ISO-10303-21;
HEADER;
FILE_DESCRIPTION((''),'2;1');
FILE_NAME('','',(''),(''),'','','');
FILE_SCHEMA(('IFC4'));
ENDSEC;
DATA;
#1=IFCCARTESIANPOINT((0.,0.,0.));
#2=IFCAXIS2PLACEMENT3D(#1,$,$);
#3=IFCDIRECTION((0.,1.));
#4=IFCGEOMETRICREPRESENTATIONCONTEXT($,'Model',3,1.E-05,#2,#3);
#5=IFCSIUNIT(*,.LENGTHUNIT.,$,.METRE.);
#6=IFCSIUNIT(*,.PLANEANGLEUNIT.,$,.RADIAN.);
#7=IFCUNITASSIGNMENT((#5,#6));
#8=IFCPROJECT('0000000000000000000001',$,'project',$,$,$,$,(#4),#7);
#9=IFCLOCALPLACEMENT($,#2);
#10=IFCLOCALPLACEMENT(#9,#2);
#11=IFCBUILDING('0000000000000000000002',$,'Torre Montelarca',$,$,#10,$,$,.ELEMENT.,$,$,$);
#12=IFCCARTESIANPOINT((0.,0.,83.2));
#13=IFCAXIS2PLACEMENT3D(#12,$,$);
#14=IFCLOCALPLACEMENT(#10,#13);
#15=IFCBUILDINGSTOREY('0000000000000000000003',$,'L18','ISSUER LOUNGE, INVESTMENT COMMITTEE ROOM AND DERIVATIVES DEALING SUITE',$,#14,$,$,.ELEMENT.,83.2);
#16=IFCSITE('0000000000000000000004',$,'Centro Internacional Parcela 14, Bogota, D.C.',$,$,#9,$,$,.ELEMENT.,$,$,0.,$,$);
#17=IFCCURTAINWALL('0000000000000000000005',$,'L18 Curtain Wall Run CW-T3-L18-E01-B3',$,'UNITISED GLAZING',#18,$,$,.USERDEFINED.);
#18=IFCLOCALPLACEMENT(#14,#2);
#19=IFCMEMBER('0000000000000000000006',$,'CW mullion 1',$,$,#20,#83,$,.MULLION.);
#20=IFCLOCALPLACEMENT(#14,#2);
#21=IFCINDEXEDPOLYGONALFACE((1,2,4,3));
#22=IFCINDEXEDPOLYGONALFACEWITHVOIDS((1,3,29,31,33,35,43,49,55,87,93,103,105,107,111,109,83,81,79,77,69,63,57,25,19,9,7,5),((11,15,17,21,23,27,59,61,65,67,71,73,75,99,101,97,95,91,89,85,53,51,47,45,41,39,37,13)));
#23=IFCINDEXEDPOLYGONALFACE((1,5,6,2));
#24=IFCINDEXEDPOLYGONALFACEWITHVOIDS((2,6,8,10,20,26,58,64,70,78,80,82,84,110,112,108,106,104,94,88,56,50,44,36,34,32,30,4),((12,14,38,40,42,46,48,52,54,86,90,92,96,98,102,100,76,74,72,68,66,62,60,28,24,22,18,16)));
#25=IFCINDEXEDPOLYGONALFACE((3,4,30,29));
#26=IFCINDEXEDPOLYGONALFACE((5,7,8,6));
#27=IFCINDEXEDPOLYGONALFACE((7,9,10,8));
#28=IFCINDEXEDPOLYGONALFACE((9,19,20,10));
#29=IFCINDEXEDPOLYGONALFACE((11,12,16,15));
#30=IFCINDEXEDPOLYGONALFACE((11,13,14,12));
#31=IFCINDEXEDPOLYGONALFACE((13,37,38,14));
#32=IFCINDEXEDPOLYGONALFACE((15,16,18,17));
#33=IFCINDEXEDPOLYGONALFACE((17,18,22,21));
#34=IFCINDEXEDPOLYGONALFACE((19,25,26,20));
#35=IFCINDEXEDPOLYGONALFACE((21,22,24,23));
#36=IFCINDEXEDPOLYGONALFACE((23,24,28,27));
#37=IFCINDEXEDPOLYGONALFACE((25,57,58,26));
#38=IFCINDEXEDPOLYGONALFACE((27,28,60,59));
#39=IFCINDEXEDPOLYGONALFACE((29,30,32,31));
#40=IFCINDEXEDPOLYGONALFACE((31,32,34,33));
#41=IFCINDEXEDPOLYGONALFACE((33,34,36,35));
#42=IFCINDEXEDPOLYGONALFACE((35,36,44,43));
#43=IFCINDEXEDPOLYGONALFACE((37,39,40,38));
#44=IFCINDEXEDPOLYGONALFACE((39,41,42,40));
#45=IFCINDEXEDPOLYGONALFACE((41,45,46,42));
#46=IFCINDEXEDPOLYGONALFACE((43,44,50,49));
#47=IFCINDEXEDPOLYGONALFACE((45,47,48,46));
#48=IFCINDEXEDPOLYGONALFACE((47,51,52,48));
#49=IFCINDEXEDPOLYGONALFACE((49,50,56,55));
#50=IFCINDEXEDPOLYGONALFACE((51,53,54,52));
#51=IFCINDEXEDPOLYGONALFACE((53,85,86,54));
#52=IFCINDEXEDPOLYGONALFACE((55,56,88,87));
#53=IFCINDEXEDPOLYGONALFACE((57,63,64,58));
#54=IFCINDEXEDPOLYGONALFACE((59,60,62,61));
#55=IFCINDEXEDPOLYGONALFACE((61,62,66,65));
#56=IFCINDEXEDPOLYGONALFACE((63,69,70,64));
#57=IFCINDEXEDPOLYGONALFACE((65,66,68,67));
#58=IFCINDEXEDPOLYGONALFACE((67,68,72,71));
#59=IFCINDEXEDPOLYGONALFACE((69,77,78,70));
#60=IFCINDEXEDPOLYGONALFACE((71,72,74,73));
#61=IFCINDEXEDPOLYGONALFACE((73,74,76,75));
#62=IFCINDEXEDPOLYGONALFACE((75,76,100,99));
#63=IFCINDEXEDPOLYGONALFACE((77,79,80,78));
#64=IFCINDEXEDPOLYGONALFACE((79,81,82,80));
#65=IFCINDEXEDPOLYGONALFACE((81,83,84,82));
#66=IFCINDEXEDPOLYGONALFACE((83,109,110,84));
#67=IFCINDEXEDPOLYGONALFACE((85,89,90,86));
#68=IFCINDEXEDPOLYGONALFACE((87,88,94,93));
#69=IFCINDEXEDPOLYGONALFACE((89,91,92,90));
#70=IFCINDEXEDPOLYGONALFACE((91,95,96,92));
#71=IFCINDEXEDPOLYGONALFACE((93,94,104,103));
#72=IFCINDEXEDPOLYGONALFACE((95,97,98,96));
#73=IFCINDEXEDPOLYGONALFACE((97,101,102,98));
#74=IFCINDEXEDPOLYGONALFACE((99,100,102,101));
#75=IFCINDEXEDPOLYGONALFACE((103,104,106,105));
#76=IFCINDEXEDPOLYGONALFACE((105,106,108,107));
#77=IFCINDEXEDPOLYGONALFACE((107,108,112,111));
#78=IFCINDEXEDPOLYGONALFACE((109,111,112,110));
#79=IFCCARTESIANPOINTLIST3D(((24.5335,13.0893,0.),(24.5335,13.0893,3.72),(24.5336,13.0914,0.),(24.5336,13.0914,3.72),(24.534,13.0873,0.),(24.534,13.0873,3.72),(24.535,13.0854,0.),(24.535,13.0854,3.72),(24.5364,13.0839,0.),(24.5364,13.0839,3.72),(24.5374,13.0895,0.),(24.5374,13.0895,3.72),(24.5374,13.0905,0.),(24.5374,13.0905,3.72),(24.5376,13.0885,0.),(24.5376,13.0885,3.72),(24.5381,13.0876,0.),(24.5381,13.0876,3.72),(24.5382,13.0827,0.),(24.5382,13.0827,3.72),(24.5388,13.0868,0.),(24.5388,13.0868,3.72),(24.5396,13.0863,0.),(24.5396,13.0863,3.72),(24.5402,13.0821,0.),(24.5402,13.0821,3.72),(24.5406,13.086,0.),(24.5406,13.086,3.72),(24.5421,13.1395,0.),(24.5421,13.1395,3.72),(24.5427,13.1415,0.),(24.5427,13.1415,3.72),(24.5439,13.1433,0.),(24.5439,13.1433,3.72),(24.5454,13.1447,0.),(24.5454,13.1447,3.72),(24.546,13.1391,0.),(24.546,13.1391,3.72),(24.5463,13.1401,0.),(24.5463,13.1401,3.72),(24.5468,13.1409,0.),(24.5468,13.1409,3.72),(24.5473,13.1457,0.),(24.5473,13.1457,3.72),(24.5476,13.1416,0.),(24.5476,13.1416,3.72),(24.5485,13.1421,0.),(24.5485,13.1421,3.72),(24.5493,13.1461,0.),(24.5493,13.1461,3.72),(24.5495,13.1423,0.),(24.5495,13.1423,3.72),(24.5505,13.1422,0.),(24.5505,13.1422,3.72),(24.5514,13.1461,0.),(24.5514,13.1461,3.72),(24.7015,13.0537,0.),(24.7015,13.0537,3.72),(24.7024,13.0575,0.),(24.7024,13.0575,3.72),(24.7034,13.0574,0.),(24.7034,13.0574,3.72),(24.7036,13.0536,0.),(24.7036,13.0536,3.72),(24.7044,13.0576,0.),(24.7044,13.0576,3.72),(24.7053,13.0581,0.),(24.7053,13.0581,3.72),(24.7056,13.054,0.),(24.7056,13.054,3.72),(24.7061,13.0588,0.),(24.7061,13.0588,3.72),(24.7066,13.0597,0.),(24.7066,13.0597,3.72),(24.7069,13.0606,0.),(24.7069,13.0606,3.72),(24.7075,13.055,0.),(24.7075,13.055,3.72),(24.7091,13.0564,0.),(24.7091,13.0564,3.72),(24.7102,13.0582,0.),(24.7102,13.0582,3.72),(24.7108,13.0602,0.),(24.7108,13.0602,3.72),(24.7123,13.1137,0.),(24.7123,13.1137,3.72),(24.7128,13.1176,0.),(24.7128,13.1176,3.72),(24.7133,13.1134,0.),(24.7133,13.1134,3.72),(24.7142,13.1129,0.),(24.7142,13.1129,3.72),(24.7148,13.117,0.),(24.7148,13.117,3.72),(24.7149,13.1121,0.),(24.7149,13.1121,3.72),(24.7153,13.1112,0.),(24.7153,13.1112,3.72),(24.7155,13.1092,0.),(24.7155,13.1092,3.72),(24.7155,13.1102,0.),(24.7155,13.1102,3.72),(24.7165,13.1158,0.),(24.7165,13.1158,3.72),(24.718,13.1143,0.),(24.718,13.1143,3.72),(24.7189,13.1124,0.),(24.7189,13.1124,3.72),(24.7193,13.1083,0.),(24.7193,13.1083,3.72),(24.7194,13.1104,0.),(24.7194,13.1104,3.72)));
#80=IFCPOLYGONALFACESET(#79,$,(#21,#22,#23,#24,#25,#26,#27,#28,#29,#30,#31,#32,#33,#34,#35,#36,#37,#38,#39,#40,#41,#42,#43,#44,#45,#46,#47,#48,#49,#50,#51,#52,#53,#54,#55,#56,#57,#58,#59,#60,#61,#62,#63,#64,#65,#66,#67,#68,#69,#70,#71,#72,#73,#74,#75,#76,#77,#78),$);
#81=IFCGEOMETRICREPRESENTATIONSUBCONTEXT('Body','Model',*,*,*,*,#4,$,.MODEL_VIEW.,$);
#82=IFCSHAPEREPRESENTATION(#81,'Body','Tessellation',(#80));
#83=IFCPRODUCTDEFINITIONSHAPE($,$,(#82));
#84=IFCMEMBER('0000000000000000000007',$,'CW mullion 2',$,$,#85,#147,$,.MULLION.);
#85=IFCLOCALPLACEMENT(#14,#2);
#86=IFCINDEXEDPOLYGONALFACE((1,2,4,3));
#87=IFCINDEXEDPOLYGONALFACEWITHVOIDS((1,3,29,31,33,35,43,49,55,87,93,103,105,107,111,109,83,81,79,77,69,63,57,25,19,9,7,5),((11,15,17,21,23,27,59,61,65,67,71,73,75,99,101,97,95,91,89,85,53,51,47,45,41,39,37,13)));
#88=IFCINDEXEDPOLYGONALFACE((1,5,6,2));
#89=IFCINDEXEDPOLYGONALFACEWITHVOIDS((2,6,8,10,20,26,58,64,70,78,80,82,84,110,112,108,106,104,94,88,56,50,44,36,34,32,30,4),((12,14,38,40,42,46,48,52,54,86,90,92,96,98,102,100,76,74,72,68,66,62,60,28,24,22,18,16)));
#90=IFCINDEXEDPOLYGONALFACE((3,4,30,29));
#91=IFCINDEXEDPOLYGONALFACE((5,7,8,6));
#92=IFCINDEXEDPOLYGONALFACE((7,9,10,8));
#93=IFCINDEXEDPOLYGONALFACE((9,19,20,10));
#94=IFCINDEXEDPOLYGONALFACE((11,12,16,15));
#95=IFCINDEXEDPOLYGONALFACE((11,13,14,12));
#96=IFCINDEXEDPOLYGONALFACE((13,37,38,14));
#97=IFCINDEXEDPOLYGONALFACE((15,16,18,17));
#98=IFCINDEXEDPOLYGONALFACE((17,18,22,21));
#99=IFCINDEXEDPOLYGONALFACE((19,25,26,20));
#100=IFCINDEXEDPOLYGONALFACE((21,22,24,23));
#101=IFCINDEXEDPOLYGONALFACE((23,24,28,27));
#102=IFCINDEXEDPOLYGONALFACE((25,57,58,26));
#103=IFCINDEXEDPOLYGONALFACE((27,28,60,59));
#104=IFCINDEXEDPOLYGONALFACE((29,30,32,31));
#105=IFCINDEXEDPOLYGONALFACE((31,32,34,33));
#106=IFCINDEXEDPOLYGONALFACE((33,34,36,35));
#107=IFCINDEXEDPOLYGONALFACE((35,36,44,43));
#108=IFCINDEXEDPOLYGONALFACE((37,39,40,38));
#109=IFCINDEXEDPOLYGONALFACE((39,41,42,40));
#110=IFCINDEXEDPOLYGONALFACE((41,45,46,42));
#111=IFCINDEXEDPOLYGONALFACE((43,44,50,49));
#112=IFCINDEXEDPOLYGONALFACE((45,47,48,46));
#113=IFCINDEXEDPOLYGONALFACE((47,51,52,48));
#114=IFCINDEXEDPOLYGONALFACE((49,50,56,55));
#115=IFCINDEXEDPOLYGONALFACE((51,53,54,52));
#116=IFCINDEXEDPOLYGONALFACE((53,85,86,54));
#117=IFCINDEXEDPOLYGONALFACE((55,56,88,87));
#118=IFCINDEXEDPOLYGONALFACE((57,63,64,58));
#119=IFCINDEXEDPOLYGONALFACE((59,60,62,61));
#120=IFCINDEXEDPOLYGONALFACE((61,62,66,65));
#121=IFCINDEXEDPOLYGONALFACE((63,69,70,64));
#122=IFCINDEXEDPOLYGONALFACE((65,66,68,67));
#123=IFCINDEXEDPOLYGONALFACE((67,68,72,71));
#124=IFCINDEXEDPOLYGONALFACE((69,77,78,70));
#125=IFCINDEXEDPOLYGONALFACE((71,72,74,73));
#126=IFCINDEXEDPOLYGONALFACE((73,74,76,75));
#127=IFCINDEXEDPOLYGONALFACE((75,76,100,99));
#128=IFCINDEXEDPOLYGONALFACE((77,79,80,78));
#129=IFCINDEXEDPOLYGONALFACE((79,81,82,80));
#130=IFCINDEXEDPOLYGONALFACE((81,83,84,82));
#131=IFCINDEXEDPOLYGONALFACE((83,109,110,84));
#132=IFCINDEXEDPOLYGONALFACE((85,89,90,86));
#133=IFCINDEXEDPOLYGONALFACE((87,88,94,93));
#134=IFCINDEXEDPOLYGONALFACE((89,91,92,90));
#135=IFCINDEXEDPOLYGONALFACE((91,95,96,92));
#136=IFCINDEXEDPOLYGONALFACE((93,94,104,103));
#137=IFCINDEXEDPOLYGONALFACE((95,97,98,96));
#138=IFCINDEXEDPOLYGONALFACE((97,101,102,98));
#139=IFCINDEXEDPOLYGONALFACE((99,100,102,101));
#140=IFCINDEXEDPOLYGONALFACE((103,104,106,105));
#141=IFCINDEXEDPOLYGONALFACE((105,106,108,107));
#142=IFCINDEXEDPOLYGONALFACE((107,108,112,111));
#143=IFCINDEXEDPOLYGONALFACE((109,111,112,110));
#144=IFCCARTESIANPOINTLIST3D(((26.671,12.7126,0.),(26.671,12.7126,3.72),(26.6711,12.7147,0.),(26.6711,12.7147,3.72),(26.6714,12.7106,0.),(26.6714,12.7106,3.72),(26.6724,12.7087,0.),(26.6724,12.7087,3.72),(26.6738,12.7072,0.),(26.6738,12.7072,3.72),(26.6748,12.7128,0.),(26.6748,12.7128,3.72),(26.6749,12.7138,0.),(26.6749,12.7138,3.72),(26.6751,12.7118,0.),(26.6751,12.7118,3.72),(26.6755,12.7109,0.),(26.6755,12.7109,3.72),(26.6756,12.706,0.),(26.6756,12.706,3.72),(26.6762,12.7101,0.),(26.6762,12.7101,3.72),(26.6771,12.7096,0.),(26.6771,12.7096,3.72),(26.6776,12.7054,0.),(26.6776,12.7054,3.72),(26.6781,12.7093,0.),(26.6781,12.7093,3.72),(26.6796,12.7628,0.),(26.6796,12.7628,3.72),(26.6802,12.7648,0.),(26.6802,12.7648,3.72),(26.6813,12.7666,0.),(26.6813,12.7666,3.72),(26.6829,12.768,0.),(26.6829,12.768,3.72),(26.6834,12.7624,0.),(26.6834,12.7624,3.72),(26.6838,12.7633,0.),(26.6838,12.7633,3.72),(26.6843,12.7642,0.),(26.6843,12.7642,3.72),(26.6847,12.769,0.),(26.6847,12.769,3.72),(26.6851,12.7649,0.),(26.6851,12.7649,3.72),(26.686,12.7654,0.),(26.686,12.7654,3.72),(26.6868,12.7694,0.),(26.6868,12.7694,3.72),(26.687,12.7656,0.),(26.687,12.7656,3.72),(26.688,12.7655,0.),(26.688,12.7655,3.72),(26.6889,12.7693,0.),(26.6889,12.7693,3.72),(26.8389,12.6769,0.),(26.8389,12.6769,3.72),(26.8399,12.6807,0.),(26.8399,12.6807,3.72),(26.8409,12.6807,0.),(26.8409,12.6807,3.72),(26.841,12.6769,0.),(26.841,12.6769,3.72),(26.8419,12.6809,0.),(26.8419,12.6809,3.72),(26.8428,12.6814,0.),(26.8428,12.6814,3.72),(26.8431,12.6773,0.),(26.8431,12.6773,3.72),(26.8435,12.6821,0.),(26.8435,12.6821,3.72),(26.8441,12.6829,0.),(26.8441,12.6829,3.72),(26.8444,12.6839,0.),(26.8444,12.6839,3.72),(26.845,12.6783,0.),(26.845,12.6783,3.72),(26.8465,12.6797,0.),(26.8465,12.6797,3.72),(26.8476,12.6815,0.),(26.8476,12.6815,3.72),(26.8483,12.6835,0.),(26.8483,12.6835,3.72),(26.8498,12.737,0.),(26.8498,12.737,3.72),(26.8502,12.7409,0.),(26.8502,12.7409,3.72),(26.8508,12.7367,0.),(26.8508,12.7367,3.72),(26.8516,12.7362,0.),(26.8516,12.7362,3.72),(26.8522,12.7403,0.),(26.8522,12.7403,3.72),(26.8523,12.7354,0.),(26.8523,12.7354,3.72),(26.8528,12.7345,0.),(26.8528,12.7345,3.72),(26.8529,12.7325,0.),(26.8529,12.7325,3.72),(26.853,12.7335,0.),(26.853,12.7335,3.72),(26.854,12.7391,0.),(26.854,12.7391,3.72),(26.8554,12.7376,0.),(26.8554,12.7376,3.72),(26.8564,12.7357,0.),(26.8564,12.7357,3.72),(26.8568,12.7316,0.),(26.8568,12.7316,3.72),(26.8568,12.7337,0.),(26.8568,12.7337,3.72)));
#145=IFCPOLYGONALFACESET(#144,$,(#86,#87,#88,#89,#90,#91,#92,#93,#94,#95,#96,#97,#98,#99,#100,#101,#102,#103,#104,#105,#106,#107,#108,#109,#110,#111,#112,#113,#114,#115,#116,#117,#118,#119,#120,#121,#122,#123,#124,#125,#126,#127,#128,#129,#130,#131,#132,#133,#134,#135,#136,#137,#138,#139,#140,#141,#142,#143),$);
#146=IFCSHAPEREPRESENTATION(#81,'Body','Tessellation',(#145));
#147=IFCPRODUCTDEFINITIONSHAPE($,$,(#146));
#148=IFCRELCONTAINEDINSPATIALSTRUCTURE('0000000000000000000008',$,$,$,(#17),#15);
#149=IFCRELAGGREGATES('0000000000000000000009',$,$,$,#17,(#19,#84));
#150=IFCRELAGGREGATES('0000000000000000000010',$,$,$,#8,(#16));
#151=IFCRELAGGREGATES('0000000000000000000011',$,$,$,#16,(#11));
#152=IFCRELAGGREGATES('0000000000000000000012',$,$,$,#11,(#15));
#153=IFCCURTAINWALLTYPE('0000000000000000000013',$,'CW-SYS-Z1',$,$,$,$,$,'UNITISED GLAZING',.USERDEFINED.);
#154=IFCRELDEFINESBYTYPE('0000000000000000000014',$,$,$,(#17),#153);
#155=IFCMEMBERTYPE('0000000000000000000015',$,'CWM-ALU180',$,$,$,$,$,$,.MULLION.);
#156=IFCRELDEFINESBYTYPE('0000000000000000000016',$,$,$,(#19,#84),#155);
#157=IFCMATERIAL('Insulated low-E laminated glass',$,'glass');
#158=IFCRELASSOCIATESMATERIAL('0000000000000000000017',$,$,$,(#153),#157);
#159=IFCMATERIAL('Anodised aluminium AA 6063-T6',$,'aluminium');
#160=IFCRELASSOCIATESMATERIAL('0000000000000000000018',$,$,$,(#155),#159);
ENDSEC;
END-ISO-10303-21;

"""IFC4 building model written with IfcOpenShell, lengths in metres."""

from ifc_helpers import new_model, si_unit, direction, frame, origin, origin_2d, place, context, subcontext, project, spatial, hollow_rectangle, extrude, source, transform, mapped, material, material_profile, profile_set, type_object, element, aggregate, save


model = new_model("IFC4")

# Units and contexts
model_context = context("Model", 3, precision=1e-05, world=origin(), true_north=direction((0.0, 1.0)))
body_context = subcontext(model_context, "Body", "Model", "MODEL_VIEW")
ifc_project = project(units=[si_unit("LENGTHUNIT", "METRE"), si_unit("PLANEANGLEUNIT", "RADIAN")], contexts=[model_context])

# Site, building, storey
site_placement = place(None, origin())
site = spatial("IfcSite", under=ifc_project, at=site_placement, Name="Centro Internacional Parcela 14, Bogota, D.C.", CompositionType="ELEMENT", RefElevation=0.0)
building_placement = place(site_placement, origin())
building = spatial("IfcBuilding", under=site, at=building_placement, Name="Torre Montelarca", CompositionType="ELEMENT")
storey_placement = place(building_placement, frame((0.0, 0.0, 83.2)))
storey = spatial("IfcBuildingStorey", under=building, at=storey_placement, Name="L18", Description="ISSUER LOUNGE, INVESTMENT COMMITTEE ROOM AND DERIVATIVES DEALING SUITE", CompositionType="ELEMENT", Elevation=83.2)

# Curtain wall
ifc_material_1 = material(Name="Insulated low-E laminated glass", Category="glass")
curtain_wall_type = type_object("IfcCurtainWallType", Name="CW-SYS-Z1", ElementType="UNITISED GLAZING", PredefinedType="USERDEFINED", material=ifc_material_1)
curtain_wall_1_placement = place(storey_placement, origin())
curtain_wall_1 = element("IfcCurtainWall", 1, at=curtain_wall_1_placement, inside=storey, type_object=curtain_wall_type, Name="L18 Curtain Wall Run CW-T3-L18-E01-B3", ObjectType="UNITISED GLAZING", PredefinedType="USERDEFINED")
ifc_material_2 = material(Name="Anodised aluminium AA 6063-T6", Category="aluminium")

# Members
ifc_material_profile_1 = material_profile(ifc_material_2, hollow_rectangle(XDim=0.0649, YDim=0.1799, WallThickness=0.0039, InnerFilletRadius=0.0039, OuterFilletRadius=0.0081, at=origin_2d()), Name="ALU65X180X4", Category="aluminium")
ifc_profile_set_1 = profile_set([ifc_material_profile_1], Name="Anodised aluminium AA 6063-T6")
member_type_1 = type_object("IfcMemberType", Name="CWM-ALU180", PredefinedType="MULLION", material=ifc_profile_set_1)
shared_shape_1 = source(origin(), body_context, "Body", "SweptSolid", [
    extrude(hollow_rectangle(XDim=0.0649, YDim=0.1799, WallThickness=0.0039, InnerFilletRadius=0.0039, OuterFilletRadius=0.0081, at=origin_2d()), origin(), (0.0, 0.0, 1.0), 3.72),
])
member_1_placement = place(storey_placement, frame((24.6265, 13.0999, 0.0), z_axis=(0.0, 0.0, 1.0), x_axis=(0.173642, 0.984809, 0.0)))
member_1 = element("IfcMember", 2, at=member_1_placement, type_object=member_type_1, Name="CW mullion 1", PredefinedType="MULLION", context=body_context, shape_type="MappedRepresentation", body=[
    mapped(shared_shape_1, transform((0.0, 0.0, 0.0), scale=1.0)),
])
member_2_placement = place(storey_placement, frame((26.7639, 12.7231, 0.0), z_axis=(0.0, 0.0, 1.0), x_axis=(0.173642, 0.984809, 0.0)))
member_2 = element("IfcMember", 3, at=member_2_placement, type_object=member_type_1, Name="CW mullion 2", PredefinedType="MULLION", context=body_context, shape_type="MappedRepresentation", body=[
    mapped(shared_shape_1, transform((0.0, 0.0, 0.0), scale=1.0)),
])

aggregate(curtain_wall_1, [member_1, member_2])

save(model, "model.ifc")
